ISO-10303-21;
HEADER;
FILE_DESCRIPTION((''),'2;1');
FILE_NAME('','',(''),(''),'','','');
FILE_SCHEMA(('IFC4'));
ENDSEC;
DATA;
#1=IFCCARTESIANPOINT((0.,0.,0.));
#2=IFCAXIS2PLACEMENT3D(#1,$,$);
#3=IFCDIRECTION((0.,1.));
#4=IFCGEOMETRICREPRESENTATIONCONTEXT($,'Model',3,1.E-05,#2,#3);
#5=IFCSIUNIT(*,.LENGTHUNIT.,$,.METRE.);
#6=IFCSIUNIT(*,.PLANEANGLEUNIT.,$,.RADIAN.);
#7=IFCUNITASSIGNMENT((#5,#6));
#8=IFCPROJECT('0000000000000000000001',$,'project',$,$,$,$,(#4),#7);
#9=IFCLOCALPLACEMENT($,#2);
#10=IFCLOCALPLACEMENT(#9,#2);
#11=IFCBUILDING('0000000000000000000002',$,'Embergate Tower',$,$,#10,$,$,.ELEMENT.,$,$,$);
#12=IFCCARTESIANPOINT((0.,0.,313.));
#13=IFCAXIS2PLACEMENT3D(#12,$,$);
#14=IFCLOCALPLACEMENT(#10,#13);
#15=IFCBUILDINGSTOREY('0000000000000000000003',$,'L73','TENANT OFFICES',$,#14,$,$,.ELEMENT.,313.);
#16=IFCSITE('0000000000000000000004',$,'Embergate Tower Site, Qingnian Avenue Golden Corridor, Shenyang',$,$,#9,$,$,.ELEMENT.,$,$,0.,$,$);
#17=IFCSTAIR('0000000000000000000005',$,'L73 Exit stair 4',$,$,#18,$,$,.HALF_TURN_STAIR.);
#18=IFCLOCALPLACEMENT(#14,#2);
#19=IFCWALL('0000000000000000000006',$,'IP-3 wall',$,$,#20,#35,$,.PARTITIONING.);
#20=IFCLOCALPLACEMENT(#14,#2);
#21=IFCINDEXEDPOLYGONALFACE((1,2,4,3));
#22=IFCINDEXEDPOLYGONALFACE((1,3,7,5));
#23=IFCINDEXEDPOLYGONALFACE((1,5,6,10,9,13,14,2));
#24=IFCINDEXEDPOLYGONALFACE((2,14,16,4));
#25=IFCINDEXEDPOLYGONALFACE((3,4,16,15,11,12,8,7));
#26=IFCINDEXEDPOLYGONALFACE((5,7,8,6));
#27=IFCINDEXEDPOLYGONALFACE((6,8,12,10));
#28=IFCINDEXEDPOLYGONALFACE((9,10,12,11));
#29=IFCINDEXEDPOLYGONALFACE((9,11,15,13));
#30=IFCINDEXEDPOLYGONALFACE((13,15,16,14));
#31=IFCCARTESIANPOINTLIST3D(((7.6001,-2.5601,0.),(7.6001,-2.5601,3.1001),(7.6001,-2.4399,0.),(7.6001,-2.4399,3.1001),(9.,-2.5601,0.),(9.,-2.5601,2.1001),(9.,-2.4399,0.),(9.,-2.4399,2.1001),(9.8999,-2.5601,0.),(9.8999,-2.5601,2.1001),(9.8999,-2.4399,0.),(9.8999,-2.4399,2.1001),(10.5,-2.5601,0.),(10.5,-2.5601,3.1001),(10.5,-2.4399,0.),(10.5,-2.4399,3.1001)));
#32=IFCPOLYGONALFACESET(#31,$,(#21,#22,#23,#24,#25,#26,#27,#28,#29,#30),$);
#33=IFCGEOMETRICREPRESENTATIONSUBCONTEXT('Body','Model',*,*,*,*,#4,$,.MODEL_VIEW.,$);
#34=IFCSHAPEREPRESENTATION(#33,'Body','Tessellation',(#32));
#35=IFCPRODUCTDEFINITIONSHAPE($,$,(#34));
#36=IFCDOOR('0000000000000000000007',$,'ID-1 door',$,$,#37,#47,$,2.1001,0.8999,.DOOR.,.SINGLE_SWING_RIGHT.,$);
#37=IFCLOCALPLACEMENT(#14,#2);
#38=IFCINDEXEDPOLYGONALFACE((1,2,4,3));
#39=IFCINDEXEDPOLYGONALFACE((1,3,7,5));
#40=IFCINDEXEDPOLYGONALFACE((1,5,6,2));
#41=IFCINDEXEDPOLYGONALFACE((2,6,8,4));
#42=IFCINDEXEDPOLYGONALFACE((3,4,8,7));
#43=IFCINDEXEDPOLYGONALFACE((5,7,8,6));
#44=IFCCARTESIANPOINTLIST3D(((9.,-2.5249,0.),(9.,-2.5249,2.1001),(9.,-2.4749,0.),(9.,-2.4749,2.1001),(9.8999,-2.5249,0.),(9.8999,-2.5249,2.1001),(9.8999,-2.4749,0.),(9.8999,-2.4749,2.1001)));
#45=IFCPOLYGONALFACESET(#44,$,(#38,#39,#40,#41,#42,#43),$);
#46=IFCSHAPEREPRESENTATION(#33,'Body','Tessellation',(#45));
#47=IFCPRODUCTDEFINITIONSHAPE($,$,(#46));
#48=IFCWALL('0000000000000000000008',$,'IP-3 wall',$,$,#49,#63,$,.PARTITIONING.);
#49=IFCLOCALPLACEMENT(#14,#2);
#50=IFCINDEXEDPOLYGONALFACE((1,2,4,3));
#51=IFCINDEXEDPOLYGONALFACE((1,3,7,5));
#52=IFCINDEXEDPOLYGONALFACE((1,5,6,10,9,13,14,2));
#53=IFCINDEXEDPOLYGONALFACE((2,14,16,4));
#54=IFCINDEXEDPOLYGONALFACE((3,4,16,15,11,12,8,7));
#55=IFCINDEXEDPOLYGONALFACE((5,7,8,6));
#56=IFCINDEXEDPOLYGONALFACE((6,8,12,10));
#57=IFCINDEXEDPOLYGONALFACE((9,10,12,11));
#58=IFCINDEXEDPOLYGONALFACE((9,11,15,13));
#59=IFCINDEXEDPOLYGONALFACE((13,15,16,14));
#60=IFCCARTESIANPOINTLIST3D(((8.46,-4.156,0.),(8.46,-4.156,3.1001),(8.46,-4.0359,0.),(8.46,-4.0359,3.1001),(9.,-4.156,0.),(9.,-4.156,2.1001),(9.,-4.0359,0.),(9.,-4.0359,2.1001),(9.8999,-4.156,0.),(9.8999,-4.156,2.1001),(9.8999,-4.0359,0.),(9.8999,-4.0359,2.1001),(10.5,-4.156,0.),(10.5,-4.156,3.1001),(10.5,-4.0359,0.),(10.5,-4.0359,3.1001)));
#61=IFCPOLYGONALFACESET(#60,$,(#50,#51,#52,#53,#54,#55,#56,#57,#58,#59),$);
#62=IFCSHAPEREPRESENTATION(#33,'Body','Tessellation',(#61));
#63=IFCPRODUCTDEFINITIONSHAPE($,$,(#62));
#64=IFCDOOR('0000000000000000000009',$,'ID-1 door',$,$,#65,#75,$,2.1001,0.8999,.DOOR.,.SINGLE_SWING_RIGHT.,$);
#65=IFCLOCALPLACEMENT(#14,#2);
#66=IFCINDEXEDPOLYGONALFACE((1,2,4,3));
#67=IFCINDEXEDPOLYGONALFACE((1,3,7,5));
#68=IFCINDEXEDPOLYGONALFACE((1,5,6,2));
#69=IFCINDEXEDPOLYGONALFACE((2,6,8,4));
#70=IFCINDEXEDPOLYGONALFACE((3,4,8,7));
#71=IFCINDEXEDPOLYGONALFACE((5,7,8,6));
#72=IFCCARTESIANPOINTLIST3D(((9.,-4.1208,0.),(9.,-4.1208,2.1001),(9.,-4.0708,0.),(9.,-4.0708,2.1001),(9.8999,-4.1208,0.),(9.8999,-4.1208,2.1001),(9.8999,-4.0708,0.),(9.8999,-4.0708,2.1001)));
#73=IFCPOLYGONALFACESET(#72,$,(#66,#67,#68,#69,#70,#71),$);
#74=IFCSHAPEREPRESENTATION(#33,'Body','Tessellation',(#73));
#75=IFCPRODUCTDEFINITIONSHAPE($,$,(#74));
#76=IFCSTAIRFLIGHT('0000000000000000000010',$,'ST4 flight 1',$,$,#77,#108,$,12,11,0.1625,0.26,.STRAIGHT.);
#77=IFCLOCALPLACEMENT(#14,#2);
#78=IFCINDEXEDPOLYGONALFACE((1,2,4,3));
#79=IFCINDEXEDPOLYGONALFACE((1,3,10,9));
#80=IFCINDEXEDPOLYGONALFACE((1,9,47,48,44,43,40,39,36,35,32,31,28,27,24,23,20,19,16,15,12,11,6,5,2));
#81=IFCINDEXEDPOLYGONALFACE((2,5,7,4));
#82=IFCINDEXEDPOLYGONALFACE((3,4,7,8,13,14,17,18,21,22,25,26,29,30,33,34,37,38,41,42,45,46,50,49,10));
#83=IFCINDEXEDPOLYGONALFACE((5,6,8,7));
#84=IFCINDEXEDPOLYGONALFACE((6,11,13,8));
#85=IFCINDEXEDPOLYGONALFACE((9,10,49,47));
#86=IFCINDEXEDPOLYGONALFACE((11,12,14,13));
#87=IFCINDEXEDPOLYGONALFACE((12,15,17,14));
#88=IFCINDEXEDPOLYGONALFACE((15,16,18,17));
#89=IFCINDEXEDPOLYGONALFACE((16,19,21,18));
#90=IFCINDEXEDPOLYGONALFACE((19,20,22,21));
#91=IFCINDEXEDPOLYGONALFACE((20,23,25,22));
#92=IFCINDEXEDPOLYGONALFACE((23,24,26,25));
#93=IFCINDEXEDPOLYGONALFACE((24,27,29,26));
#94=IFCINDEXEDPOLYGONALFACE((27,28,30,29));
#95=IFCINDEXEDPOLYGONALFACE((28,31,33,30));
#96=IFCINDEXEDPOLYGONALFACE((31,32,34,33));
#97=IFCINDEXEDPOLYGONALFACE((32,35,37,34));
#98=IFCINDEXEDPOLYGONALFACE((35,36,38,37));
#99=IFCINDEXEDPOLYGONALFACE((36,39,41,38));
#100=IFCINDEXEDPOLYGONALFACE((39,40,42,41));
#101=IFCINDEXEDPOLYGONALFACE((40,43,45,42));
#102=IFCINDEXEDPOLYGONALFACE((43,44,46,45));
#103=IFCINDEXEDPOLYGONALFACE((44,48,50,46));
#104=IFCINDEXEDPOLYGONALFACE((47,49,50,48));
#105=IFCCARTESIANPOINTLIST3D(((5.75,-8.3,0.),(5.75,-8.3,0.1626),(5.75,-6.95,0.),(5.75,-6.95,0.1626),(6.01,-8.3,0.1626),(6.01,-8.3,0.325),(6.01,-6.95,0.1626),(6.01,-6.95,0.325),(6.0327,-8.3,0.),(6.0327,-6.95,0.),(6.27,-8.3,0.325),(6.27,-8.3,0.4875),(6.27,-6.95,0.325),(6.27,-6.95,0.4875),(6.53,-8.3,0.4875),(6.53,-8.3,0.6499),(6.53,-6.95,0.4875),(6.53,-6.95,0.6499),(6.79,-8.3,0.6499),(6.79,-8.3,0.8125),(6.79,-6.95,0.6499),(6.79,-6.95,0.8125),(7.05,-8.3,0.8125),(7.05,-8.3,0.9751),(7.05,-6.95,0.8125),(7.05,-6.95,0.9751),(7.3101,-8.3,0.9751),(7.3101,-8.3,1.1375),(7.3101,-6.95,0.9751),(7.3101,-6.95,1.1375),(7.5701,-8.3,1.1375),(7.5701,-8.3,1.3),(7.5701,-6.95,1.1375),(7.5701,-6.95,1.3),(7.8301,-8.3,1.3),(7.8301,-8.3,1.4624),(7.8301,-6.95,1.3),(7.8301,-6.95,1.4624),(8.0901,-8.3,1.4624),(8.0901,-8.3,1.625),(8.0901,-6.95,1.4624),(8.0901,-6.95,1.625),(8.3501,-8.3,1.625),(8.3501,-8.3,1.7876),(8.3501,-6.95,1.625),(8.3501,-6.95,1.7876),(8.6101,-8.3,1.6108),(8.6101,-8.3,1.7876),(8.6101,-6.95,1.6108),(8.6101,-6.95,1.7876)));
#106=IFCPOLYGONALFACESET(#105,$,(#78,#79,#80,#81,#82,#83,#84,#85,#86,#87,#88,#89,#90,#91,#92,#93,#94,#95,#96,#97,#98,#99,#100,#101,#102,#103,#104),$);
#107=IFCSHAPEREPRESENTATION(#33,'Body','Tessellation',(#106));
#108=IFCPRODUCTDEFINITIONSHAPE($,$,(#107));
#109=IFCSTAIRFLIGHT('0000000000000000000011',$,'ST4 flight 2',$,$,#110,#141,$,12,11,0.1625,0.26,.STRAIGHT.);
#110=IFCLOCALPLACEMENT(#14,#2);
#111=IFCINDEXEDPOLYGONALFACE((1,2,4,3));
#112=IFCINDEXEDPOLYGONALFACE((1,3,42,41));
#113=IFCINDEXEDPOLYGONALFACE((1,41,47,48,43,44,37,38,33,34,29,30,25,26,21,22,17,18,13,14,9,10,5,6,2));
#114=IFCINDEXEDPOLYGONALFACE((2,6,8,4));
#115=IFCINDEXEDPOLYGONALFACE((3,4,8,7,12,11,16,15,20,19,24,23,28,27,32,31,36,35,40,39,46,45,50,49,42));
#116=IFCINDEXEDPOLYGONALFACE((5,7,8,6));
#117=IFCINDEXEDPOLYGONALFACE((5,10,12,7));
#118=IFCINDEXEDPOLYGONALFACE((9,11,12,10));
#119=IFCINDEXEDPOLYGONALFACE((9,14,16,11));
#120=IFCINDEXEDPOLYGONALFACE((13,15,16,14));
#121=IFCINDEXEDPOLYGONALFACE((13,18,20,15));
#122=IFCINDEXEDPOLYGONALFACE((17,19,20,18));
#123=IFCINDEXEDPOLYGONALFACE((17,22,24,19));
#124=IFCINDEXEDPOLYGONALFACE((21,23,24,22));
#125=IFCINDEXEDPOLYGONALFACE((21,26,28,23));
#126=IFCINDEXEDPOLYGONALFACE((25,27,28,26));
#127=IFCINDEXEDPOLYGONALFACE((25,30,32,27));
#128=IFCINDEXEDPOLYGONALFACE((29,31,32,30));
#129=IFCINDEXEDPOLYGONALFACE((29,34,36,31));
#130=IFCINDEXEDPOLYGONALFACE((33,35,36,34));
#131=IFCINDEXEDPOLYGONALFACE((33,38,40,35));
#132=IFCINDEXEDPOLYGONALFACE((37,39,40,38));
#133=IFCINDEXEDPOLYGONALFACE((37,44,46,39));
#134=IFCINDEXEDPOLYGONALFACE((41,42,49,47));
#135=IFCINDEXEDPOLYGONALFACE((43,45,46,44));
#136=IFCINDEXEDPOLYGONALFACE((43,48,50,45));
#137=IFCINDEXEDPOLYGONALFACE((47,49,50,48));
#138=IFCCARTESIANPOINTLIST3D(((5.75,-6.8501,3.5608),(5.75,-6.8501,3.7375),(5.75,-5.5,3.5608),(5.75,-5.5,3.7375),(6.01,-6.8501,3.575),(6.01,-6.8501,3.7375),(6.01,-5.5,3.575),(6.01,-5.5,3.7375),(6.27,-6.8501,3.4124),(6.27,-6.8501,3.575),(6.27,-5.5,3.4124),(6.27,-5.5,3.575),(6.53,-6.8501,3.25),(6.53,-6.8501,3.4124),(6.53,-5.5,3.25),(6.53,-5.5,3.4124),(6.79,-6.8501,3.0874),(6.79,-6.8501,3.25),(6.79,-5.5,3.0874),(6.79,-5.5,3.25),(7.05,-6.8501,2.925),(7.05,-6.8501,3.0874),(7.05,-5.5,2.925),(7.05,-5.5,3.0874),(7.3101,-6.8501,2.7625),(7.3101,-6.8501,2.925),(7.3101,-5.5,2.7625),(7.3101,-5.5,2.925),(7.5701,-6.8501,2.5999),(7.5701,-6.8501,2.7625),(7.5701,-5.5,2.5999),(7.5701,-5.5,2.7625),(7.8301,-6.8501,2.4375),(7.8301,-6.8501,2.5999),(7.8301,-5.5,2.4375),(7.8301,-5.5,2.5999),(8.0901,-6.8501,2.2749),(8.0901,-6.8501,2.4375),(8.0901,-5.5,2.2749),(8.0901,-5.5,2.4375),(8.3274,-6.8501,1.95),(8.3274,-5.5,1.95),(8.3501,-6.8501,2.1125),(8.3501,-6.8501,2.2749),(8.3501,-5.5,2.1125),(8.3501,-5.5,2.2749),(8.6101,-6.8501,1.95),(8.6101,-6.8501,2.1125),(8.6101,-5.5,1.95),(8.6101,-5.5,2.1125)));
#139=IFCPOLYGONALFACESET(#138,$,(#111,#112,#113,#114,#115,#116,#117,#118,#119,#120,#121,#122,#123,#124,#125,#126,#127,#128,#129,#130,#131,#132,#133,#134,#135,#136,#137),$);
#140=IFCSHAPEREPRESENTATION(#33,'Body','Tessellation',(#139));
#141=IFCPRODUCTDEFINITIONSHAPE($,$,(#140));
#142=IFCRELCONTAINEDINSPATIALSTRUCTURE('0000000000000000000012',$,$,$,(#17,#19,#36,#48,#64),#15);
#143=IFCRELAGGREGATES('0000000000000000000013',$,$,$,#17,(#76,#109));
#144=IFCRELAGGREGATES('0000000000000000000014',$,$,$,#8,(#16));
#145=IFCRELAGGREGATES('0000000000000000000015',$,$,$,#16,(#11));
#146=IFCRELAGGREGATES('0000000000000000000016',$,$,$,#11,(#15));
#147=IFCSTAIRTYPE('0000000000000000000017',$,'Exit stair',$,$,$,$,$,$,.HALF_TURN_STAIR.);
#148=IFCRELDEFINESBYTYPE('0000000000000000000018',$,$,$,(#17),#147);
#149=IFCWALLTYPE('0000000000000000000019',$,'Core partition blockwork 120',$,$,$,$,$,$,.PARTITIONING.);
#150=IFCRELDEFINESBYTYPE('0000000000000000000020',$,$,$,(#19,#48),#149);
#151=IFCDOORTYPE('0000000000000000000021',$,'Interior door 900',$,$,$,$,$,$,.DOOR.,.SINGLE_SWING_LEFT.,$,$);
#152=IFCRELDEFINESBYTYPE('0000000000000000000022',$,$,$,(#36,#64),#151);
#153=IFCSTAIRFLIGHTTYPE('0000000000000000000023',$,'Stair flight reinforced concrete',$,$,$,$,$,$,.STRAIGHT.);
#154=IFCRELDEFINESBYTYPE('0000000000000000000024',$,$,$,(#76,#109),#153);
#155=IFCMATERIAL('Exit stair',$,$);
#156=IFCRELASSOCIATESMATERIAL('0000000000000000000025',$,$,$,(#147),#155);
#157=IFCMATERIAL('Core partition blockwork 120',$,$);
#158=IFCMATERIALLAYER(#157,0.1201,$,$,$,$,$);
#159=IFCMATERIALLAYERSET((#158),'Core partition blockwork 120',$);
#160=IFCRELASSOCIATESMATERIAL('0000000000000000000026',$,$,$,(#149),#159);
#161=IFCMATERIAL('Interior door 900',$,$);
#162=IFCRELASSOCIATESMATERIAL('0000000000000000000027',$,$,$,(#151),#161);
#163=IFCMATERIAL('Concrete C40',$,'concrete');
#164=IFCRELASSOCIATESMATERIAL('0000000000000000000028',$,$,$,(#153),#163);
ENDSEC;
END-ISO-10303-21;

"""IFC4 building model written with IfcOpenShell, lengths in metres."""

from ifc_helpers import new_model, si_unit, direction, frame, frame_2d, origin, place, context, subcontext, project, spatial, polyline, rectangle, outline, extrude, source, transform, mapped, material, layer, layer_set, type_object, element, fill, aggregate, save


model = new_model("IFC4")

# Units and contexts
model_context = context("Model", 3, precision=1e-05, world=origin(), true_north=direction((0.0, 1.0)))
body_context = subcontext(model_context, "Body", "Model", "MODEL_VIEW")
ifc_project = project(units=[si_unit("LENGTHUNIT", "METRE"), si_unit("PLANEANGLEUNIT", "RADIAN")], contexts=[model_context])

# Site, building, storey
site_placement = place(None, origin())
site = spatial("IfcSite", under=ifc_project, at=site_placement, Name="Embergate Tower Site, Qingnian Avenue Golden Corridor, Shenyang", CompositionType="ELEMENT", RefElevation=0.0)
building_placement = place(site_placement, origin())
building = spatial("IfcBuilding", under=site, at=building_placement, Name="Embergate Tower", CompositionType="ELEMENT")
storey_placement = place(building_placement, frame((0.0, 0.0, 313.0)))
storey = spatial("IfcBuildingStorey", under=building, at=storey_placement, Name="L73", Description="TENANT OFFICES", CompositionType="ELEMENT", Elevation=313.0)

# Stair
ifc_material_1 = material(Name="Exit stair")
stair_type = type_object("IfcStairType", Name="Exit stair", PredefinedType="HALF_TURN_STAIR", material=ifc_material_1)
stair_placement = place(storey_placement, origin())
stair = element("IfcStair", 1, at=stair_placement, inside=storey, type_object=stair_type, Name="L73 Exit stair 4", PredefinedType="HALF_TURN_STAIR")
ifc_material_2 = material(Name="Concrete C40", Category="concrete")

# Shared definitions
ifc_material_3 = material(Name="Core partition blockwork 120")
ifc_layer_1 = layer(ifc_material_3, 0.1201)
ifc_layer_set_1 = layer_set([ifc_layer_1], Name="Core partition blockwork 120")
wall_type_1 = type_object("IfcWallType", Name="Core partition blockwork 120", PredefinedType="PARTITIONING", material=ifc_layer_set_1)
shared_shape_1 = source(origin(), body_context, "Body", "SweptSolid", [
    extrude(rectangle(XDim=0.8999, YDim=2.1001, at=frame_2d((0.45, 1.05))), frame((0.0, 0.0701, 0.0), z_axis=(0.0, -1.0, 0.0), x_axis=(1.0, 0.0, 0.0)), (0.0, 0.0, 1.0), 0.1401),
])
ifc_material_4 = material(Name="Interior door 900")
door_type_1 = type_object("IfcDoorType", Name="Interior door 900", OperationType="SINGLE_SWING_LEFT", PredefinedType="DOOR", material=ifc_material_4)
shared_shape_2 = source(origin(), body_context, "Body", "SweptSolid", [
    extrude(rectangle(XDim=0.8999, YDim=2.1001, at=frame_2d((0.45, 1.05))), frame((0.0, 0.0249, 0.0), z_axis=(0.0, -1.0, 0.0), x_axis=(1.0, 0.0, 0.0)), (0.0, 0.0, 1.0), 0.05),
])

# Walls, openings, doors
shared_shape_3 = source(origin(), body_context, "Body", "SweptSolid", [
    extrude(rectangle(XDim=2.8999, YDim=0.1201, at=frame_2d((1.45, 0.0))), origin(), (0.0, 0.0, 1.0), 3.1001),
])
wall_1_placement = place(storey_placement, frame((10.5, -2.5, 0.0), z_axis=(0.0, 0.0, 1.0), x_axis=(-1.0, 0.0, 0.0)))
wall_1 = element("IfcWall", 2, at=wall_1_placement, inside=storey, type_object=wall_type_1, Name="IP-3 wall", PredefinedType="PARTITIONING", context=body_context, shape_type="MappedRepresentation", body=[
    mapped(shared_shape_3, transform((0.0, 0.0, 0.0))),
])
opening_1_placement = place(wall_1_placement, frame((0.6001, 0.0, 0.0)))
opening_1 = element("IfcOpeningElement", 3, at=opening_1_placement, cuts=wall_1, PredefinedType="OPENING", context=body_context, shape_type="MappedRepresentation", body=[
    mapped(shared_shape_1, transform((0.0, 0.0, 0.0))),
])
door_1_placement = place(opening_1_placement, origin())
door_1 = element("IfcDoor", 4, at=door_1_placement, inside=storey, type_object=door_type_1, Name="ID-1 door", OperationType="SINGLE_SWING_RIGHT", OverallHeight=2.1001, OverallWidth=0.8999, PredefinedType="DOOR", context=body_context, shape_type="MappedRepresentation", body=[
    mapped(shared_shape_2, transform((0.0, 0.0, 0.0))),
])
fill(opening_1, door_1)
shared_shape_4 = source(origin(), body_context, "Body", "SweptSolid", [
    extrude(rectangle(XDim=2.04, YDim=0.1201, at=frame_2d((1.02, 0.0))), origin(), (0.0, 0.0, 1.0), 3.1001),
])
wall_2_placement = place(storey_placement, frame((10.5, -4.0959, 0.0), z_axis=(0.0, 0.0, 1.0), x_axis=(-1.0, 0.0, 0.0)))
wall_2 = element("IfcWall", 5, at=wall_2_placement, inside=storey, type_object=wall_type_1, Name="IP-3 wall", PredefinedType="PARTITIONING", context=body_context, shape_type="MappedRepresentation", body=[
    mapped(shared_shape_4, transform((0.0, 0.0, 0.0))),
])
opening_2_placement = place(wall_2_placement, frame((0.6001, 0.0, 0.0)))
opening_2 = element("IfcOpeningElement", 6, at=opening_2_placement, cuts=wall_2, PredefinedType="OPENING", context=body_context, shape_type="MappedRepresentation", body=[
    mapped(shared_shape_1, transform((0.0, 0.0, 0.0))),
])
door_2_placement = place(opening_2_placement, origin())
door_2 = element("IfcDoor", 7, at=door_2_placement, inside=storey, type_object=door_type_1, Name="ID-1 door", OperationType="SINGLE_SWING_RIGHT", OverallHeight=2.1001, OverallWidth=0.8999, PredefinedType="DOOR", context=body_context, shape_type="MappedRepresentation", body=[
    mapped(shared_shape_2, transform((0.0, 0.0, 0.0))),
])
fill(opening_2, door_2)

# Stair flights
stair_flight_type = type_object("IfcStairFlightType", Name="Stair flight reinforced concrete", PredefinedType="STRAIGHT", material=ifc_material_2)
shared_shape_5 = source(origin(), body_context, "Body", "SweptSolid", [
    extrude(outline(polyline([(0.0, 0.0), (0.0, 0.1626), (0.26, 0.1626), (0.26, 0.325), (0.52, 0.325), (0.52, 0.4875), (0.78, 0.4875), (0.78, 0.6499), (1.04, 0.6499), (1.04, 0.8125), (1.3, 0.8125), (1.3, 0.9751), (1.5601, 0.9751), (1.5601, 1.1375), (1.8201, 1.1375), (1.8201, 1.3), (2.0801, 1.3), (2.0801, 1.4624), (2.3401, 1.4624), (2.3401, 1.625), (2.6001, 1.625), (2.6001, 1.7876), (2.8601, 1.7876), (2.8601, 1.95), (2.8601, 1.6108), (0.2827, 0.0), (0.0, 0.0)])), frame((0.0, 0.675, 0.0), z_axis=(0.0, -1.0, 0.0), x_axis=(1.0, 0.0, 0.0)), (0.0, 0.0, 1.0), 1.3501),
])
stair_flight_1_placement = place(storey_placement, frame((5.75, -7.625, 0.0), z_axis=(0.0, 0.0, 1.0), x_axis=(1.0, 0.0, 0.0)))
stair_flight_1 = element("IfcStairFlight", 8, at=stair_flight_1_placement, type_object=stair_flight_type, Name="ST4 flight 1", NumberOfRisers=12, NumberOfTreads=11, PredefinedType="STRAIGHT", RiserHeight=0.1625, TreadLength=0.26, context=body_context, shape_type="MappedRepresentation", body=[
    mapped(shared_shape_5, transform((0.0, 0.0, 0.0))),
])
stair_flight_2_placement = place(storey_placement, frame((8.6101, -6.175, 1.95), z_axis=(0.0, 0.0, 1.0), x_axis=(-1.0, 0.0, 0.0)))
stair_flight_2 = element("IfcStairFlight", 9, at=stair_flight_2_placement, type_object=stair_flight_type, Name="ST4 flight 2", NumberOfRisers=12, NumberOfTreads=11, PredefinedType="STRAIGHT", RiserHeight=0.1625, TreadLength=0.26, context=body_context, shape_type="MappedRepresentation", body=[
    mapped(shared_shape_5, transform((0.0, 0.0, 0.0))),
])
aggregate(stair, [stair_flight_1, stair_flight_2])

save(model, "model.ifc")
